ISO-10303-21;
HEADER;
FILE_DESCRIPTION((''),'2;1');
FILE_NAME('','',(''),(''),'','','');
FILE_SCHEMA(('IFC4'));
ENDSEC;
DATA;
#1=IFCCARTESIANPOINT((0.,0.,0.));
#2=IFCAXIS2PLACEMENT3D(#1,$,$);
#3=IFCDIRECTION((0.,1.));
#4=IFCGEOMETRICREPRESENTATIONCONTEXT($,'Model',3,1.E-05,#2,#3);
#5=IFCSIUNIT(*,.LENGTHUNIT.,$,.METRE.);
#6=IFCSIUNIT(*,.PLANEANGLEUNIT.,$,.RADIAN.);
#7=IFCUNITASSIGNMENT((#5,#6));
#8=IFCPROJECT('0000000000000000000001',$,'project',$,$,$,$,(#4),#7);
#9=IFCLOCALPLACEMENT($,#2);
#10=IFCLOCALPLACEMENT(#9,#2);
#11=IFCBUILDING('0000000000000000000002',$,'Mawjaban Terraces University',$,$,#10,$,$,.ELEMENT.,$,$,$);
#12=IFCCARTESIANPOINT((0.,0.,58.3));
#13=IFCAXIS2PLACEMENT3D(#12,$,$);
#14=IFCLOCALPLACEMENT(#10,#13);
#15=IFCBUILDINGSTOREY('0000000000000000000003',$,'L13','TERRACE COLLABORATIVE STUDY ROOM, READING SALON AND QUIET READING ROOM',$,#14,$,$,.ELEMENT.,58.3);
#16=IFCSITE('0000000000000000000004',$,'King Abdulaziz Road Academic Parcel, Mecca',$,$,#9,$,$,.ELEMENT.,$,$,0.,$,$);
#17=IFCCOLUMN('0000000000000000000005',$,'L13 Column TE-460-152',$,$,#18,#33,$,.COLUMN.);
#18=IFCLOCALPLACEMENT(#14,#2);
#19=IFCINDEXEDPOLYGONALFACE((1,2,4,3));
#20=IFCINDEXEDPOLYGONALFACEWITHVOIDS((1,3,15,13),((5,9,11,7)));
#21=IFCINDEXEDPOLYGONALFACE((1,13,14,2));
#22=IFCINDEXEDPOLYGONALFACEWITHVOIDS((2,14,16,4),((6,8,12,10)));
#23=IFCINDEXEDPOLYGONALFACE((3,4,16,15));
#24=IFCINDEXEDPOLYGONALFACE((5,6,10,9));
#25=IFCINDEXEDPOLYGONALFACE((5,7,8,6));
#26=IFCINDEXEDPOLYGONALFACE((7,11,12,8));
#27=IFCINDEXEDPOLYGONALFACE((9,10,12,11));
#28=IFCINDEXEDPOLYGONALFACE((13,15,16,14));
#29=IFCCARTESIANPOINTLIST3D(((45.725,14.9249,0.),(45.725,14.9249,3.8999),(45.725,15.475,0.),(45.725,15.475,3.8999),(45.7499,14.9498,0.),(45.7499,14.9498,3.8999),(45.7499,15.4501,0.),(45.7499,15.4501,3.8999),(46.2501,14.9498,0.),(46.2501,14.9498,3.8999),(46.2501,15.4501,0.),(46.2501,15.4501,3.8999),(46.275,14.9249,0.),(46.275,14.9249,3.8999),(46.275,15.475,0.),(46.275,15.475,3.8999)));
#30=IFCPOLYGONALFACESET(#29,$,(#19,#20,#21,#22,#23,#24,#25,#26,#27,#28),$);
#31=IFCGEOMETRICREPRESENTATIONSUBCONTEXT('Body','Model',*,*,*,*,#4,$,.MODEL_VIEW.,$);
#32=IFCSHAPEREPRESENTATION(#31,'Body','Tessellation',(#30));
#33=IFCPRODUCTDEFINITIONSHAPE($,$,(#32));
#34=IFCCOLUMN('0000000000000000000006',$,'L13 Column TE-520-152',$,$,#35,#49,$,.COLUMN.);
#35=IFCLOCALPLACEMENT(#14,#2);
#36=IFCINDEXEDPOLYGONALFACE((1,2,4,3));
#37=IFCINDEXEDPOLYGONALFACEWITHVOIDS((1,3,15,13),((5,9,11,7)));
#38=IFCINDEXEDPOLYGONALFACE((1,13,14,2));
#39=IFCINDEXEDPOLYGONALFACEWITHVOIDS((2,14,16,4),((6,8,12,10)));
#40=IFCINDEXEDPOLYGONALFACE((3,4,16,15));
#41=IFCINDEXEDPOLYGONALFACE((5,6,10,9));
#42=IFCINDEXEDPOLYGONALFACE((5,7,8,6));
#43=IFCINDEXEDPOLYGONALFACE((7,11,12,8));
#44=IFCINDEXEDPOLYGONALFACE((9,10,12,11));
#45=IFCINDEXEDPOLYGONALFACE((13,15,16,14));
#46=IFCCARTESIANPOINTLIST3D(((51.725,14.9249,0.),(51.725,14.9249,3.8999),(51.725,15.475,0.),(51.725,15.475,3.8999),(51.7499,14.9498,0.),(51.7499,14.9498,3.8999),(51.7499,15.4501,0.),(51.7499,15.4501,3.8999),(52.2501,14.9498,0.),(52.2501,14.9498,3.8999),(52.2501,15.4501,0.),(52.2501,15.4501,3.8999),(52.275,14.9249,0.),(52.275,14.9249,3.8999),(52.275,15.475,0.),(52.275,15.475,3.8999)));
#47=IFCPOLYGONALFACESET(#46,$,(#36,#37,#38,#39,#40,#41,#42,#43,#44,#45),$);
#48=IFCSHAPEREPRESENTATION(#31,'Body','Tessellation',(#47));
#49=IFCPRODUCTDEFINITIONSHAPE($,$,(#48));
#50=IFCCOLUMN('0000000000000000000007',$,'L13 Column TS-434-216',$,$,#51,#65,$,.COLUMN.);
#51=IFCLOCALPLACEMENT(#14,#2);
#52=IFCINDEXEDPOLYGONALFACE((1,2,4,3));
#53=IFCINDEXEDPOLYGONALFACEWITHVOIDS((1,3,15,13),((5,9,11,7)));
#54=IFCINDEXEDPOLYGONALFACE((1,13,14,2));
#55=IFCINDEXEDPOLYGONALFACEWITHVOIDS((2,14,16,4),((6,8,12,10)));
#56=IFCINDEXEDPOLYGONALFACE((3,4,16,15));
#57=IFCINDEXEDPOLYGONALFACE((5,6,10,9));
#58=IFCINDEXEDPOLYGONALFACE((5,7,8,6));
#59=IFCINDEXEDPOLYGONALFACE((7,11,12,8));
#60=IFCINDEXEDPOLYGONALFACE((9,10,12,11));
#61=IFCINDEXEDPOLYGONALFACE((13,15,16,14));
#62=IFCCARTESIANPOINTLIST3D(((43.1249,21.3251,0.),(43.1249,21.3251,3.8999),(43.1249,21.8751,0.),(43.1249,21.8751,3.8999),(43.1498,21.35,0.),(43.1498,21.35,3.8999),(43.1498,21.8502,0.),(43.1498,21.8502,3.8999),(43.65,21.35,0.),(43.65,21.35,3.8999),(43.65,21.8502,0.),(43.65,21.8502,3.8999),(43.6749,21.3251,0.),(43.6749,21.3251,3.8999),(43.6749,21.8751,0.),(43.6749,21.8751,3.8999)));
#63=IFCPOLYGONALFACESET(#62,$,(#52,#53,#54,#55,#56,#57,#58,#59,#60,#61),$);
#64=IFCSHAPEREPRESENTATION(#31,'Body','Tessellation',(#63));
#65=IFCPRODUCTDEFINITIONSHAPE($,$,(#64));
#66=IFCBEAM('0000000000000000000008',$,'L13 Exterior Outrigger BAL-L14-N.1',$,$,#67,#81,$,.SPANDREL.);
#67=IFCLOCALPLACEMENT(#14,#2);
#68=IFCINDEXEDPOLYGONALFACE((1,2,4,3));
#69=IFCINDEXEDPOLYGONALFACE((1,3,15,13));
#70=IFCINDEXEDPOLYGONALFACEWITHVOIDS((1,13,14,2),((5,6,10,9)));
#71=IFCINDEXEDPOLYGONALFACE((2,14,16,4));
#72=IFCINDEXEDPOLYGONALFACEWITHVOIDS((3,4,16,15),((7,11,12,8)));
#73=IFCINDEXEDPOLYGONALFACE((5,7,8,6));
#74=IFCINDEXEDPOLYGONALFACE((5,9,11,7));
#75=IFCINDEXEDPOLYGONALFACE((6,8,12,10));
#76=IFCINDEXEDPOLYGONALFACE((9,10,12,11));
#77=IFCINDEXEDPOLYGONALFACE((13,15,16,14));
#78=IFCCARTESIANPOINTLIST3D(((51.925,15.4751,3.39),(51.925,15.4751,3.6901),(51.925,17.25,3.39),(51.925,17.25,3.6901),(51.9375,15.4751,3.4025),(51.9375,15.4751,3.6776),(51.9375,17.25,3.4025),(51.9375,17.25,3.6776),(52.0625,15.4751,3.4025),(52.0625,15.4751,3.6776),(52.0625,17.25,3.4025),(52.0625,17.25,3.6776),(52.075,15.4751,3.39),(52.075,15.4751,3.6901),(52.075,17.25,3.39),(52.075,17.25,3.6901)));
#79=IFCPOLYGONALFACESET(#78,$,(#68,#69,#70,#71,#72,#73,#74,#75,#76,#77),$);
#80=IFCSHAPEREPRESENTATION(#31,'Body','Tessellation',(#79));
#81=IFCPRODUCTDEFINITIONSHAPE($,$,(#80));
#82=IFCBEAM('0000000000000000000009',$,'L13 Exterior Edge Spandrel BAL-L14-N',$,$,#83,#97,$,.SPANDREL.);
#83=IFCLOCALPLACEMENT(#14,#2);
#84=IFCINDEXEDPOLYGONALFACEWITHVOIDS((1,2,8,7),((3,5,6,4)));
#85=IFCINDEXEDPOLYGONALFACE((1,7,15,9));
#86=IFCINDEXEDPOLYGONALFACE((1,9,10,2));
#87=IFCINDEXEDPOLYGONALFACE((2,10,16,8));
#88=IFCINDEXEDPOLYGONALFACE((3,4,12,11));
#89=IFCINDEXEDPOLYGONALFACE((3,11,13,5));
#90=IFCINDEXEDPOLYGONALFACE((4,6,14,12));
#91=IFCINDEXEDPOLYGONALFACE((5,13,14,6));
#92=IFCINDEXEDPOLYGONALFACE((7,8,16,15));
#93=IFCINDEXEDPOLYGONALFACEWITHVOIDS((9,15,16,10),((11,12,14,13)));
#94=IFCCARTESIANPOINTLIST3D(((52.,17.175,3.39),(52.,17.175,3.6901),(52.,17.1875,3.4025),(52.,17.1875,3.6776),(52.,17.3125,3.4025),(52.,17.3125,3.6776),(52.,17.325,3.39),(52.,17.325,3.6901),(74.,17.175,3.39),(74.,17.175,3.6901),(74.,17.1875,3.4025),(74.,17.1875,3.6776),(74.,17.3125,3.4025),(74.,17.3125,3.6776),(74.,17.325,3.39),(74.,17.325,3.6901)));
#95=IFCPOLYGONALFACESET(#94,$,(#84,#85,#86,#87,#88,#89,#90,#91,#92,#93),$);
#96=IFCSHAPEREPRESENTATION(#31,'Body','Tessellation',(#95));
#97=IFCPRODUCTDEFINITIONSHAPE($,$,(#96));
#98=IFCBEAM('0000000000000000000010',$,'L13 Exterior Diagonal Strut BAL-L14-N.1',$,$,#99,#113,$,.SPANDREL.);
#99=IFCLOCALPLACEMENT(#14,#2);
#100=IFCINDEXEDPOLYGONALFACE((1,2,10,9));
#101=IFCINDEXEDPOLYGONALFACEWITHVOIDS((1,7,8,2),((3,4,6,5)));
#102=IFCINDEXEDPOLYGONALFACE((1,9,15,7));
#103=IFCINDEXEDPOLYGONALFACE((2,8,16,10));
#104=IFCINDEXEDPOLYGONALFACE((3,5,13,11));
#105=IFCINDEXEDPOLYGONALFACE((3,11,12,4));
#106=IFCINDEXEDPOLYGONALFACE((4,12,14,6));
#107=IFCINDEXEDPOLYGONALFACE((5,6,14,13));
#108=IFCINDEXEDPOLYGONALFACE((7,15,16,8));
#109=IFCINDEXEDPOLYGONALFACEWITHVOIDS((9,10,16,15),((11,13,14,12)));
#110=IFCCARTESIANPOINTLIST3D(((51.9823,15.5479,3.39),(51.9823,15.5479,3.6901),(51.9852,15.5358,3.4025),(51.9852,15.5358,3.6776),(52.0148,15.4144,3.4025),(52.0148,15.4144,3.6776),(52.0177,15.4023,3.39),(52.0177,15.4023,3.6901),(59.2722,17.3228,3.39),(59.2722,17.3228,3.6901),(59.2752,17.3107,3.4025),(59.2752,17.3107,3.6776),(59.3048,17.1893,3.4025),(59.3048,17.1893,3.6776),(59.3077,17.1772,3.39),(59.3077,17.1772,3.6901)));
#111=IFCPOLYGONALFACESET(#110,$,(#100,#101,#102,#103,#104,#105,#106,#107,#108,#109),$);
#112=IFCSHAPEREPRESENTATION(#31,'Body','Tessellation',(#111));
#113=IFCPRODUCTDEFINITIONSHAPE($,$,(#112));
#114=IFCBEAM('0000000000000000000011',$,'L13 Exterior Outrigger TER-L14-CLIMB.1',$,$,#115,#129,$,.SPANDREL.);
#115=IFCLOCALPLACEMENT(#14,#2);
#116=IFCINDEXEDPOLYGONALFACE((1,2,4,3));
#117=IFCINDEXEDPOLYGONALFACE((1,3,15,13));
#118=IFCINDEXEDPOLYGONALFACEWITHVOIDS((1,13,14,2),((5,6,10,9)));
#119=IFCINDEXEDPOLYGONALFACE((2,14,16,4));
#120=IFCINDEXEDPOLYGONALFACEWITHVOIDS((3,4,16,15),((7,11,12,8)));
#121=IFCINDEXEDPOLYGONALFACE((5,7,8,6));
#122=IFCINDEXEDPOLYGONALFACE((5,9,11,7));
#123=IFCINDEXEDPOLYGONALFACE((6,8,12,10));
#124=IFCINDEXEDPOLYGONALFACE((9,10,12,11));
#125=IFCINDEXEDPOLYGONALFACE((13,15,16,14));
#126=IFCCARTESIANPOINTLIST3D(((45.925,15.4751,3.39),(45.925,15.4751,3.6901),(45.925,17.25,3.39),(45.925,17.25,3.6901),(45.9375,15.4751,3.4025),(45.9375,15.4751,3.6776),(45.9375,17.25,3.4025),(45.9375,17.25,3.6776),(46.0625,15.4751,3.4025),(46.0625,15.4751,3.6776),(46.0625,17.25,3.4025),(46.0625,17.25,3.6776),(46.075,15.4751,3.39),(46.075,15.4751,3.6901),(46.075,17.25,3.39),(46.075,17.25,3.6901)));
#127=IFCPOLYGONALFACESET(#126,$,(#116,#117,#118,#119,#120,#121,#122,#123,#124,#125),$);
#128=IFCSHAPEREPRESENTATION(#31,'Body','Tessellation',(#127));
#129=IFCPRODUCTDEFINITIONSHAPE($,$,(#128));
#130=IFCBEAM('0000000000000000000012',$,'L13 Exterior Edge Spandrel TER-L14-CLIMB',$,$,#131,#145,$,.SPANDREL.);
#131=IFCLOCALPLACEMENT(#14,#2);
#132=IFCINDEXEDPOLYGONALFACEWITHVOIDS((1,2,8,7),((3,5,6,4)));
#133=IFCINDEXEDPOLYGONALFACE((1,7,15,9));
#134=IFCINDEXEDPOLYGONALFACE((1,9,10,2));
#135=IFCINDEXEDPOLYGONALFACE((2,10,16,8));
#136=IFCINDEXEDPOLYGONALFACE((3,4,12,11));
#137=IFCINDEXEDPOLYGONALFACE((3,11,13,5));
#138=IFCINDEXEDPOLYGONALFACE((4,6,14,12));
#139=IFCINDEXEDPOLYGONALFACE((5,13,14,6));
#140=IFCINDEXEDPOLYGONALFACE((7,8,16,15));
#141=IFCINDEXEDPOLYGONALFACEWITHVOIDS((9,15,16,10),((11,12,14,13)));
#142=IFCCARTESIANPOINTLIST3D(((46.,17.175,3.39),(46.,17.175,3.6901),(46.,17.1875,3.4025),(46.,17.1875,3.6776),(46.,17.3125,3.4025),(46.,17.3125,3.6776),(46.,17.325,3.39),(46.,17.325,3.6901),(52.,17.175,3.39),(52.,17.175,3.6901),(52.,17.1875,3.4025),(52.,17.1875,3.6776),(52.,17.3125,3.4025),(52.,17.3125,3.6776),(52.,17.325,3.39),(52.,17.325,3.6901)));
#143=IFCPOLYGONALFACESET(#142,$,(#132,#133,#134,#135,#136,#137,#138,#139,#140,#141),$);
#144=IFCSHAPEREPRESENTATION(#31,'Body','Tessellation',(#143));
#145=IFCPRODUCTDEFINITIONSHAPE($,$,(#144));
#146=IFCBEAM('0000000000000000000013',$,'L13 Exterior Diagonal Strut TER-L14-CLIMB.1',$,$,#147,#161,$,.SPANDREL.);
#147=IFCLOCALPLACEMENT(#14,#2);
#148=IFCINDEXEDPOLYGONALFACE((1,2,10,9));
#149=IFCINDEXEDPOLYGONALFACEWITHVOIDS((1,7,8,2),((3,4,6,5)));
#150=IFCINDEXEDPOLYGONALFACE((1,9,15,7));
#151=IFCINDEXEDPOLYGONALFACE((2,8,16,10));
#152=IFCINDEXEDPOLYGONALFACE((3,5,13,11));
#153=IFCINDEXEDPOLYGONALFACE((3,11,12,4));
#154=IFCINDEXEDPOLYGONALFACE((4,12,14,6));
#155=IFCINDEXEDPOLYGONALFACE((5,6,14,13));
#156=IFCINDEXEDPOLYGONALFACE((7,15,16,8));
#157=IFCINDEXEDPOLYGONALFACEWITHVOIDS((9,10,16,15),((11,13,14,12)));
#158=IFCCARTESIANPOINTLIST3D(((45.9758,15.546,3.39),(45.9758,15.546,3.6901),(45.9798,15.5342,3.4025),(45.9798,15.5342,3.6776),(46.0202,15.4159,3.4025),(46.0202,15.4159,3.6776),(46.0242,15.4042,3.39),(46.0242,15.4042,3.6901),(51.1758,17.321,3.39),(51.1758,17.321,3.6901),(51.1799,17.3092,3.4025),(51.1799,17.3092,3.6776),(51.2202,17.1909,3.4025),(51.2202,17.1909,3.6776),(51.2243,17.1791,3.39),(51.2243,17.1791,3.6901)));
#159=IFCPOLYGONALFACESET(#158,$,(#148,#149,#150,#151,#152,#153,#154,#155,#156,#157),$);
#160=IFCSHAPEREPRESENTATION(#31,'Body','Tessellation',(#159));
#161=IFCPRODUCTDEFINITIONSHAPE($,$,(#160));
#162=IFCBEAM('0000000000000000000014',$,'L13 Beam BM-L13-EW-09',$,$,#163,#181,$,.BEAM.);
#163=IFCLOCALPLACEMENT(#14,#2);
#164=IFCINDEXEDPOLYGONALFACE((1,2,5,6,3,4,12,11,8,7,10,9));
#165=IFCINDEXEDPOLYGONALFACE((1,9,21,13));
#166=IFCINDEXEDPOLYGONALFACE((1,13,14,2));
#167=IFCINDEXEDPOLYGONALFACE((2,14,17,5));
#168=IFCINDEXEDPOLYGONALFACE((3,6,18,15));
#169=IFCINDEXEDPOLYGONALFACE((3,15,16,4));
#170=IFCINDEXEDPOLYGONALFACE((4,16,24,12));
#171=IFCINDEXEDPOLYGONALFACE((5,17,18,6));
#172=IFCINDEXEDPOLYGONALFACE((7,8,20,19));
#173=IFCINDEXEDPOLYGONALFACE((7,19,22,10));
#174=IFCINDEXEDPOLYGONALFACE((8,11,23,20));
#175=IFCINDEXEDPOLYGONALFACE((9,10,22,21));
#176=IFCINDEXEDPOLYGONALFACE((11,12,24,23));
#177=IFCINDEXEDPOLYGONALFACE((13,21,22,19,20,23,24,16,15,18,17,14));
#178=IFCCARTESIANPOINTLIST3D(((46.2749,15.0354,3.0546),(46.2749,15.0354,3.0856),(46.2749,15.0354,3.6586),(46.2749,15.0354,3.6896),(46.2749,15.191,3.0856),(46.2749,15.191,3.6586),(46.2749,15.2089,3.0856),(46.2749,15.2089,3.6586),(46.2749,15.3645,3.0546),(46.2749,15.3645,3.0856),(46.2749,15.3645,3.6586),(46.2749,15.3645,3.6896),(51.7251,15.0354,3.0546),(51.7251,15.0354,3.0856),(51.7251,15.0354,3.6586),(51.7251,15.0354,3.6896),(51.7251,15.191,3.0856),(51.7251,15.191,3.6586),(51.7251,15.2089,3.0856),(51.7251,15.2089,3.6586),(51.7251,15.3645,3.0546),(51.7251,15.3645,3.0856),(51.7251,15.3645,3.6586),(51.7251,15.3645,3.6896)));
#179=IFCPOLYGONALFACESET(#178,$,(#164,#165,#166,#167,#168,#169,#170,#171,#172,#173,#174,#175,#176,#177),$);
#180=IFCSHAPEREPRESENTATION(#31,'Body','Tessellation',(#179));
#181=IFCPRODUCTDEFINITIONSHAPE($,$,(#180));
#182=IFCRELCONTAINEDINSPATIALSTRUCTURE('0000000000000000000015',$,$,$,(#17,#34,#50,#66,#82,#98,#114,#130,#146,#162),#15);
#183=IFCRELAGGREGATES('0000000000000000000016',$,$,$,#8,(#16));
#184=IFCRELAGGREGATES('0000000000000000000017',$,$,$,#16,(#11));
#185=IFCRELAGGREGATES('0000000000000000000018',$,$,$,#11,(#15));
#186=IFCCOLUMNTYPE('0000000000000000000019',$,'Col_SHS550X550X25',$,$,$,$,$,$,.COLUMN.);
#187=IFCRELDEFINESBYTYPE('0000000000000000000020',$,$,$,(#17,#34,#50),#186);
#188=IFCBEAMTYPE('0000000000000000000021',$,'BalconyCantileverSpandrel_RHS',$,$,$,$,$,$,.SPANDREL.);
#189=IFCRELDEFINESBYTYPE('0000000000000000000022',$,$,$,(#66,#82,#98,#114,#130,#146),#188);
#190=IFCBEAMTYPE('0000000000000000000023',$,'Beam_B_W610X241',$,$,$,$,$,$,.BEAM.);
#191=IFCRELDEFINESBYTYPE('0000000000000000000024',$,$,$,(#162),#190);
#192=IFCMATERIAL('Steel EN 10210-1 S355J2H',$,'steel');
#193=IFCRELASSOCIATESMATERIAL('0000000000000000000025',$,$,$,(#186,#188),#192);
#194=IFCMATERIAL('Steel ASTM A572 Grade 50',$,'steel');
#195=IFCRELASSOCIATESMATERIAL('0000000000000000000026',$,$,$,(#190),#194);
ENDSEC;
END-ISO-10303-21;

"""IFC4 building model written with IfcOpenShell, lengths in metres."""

from ifc_helpers import new_model, si_unit, direction, frame, origin, origin_2d, place, context, subcontext, project, spatial, hollow_rectangle, i_section, extrude, material, material_profile, profile_set, type_object, element, save


model = new_model("IFC4")

# Units and contexts
model_context = context("Model", 3, precision=1e-05, world=origin(), true_north=direction((0.0, 1.0)))
body_context = subcontext(model_context, "Body", "Model", "MODEL_VIEW")
ifc_project = project(units=[si_unit("LENGTHUNIT", "METRE"), si_unit("PLANEANGLEUNIT", "RADIAN")], contexts=[model_context])

# Site, building, storey
site_placement = place(None, origin())
site = spatial("IfcSite", under=ifc_project, at=site_placement, Name="King Abdulaziz Road Academic Parcel, Mecca", CompositionType="ELEMENT", RefElevation=0.0)
building_placement = place(site_placement, origin())
building = spatial("IfcBuilding", under=site, at=building_placement, Name="Mawjaban Terraces University", CompositionType="ELEMENT")
storey_placement = place(building_placement, frame((0.0, 0.0, 58.3)))
storey = spatial("IfcBuildingStorey", under=building, at=storey_placement, Name="L13", Description="TERRACE COLLABORATIVE STUDY ROOM, READING SALON AND QUIET READING ROOM", CompositionType="ELEMENT", Elevation=58.3)

# Columns
ifc_material_1 = material(Name="Steel EN 10210-1 S355J2H", Category="steel")
ifc_material_profile_1 = material_profile(ifc_material_1, hollow_rectangle(XDim=0.55, YDim=0.55, WallThickness=0.0249, at=origin_2d()), Name="SHS550X550X25")
ifc_profile_set_1 = profile_set([ifc_material_profile_1], Name="Steel EN 10210-1 S355J2H")
column_type = type_object("IfcColumnType", Name="Col_SHS550X550X25", PredefinedType="COLUMN", material=ifc_profile_set_1)
for number, where, z_axis, x_axis, name in (
    (1, (46.0, 15.2, 0.0), (0.0, 0.0, 1.0), (1.0, 0.0, 0.0), "L13 Column TE-460-152"),
    (2, (52.0, 15.2, 0.0), (0.0, 0.0, 1.0), (1.0, 0.0, 0.0), "L13 Column TE-520-152"),
    (3, (43.3999, 21.6001, 0.0), (0.0, 0.0, 1.0), (1.0, 0.0, 0.0), "L13 Column TS-434-216"),
):
    element("IfcColumn", number, at=place(storey_placement, frame(where, z_axis=z_axis, x_axis=x_axis)), inside=storey, type_object=column_type, Name=name, PredefinedType="COLUMN", context=body_context, shape_type="SweptSolid", body=[
        extrude(hollow_rectangle(XDim=0.55, YDim=0.55, WallThickness=0.0249, at=origin_2d()), origin(), (0.0, 0.0, 1.0), 3.8999),
    ])

# Beams
ifc_material_profile_2 = material_profile(ifc_material_1, hollow_rectangle(XDim=0.1499, YDim=0.3, WallThickness=0.0125, at=origin_2d()), Name="RHS300X150X12.5")
ifc_profile_set_2 = profile_set([ifc_material_profile_2], Name="Steel EN 10210-1 S355J2H")
beam_type_1 = type_object("IfcBeamType", Name="BalconyCantileverSpandrel_RHS", PredefinedType="SPANDREL", material=ifc_profile_set_2)
beam_1_placement = place(storey_placement, frame((52.0, 15.4751, 3.54), z_axis=(0.0, 1.0, 0.0), x_axis=(-1.0, 0.0, 0.0)))
element("IfcBeam", 4, at=beam_1_placement, inside=storey, type_object=beam_type_1, Name="L13 Exterior Outrigger BAL-L14-N.1", PredefinedType="SPANDREL", context=body_context, shape_type="SweptSolid", body=[
    extrude(hollow_rectangle(XDim=0.1499, YDim=0.3, WallThickness=0.0125, at=origin_2d()), origin(), (0.0, 0.0, 1.0), 1.7749),
])
beam_2_placement = place(storey_placement, frame((52.0, 17.25, 3.54), z_axis=(1.0, 0.0, 0.0), x_axis=(0.0, 1.0, 0.0)))
element("IfcBeam", 5, at=beam_2_placement, inside=storey, type_object=beam_type_1, Name="L13 Exterior Edge Spandrel BAL-L14-N", PredefinedType="SPANDREL", context=body_context, shape_type="SweptSolid", body=[
    extrude(hollow_rectangle(XDim=0.1499, YDim=0.3, WallThickness=0.0125, at=origin_2d()), origin(), (0.0, 0.0, 1.0), 22.0),
])
beam_3_placement = place(storey_placement, frame((52.0, 15.4751, 3.54), z_axis=(0.971617, 0.236559, 0.0), x_axis=(-0.236559, 0.971617, 0.0)))
element("IfcBeam", 6, at=beam_3_placement, inside=storey, type_object=beam_type_1, Name="L13 Exterior Diagonal Strut BAL-L14-N.1", PredefinedType="SPANDREL", context=body_context, shape_type="SweptSolid", body=[
    extrude(hollow_rectangle(XDim=0.1499, YDim=0.3, WallThickness=0.0125, at=origin_2d()), origin(), (0.0, 0.0, 1.0), 7.5029),
])
beam_4_placement = place(storey_placement, frame((46.0, 15.4751, 3.54), z_axis=(0.0, 1.0, 0.0), x_axis=(-1.0, 0.0, 0.0)))
element("IfcBeam", 7, at=beam_4_placement, inside=storey, type_object=beam_type_1, Name="L13 Exterior Outrigger TER-L14-CLIMB.1", PredefinedType="SPANDREL", context=body_context, shape_type="SweptSolid", body=[
    extrude(hollow_rectangle(XDim=0.1499, YDim=0.3, WallThickness=0.0125, at=origin_2d()), origin(), (0.0, 0.0, 1.0), 1.7749),
])
beam_5_placement = place(storey_placement, frame((46.0, 17.25, 3.54), z_axis=(1.0, 0.0, 0.0), x_axis=(0.0, 1.0, 0.0)))
element("IfcBeam", 8, at=beam_5_placement, inside=storey, type_object=beam_type_1, Name="L13 Exterior Edge Spandrel TER-L14-CLIMB", PredefinedType="SPANDREL", context=body_context, shape_type="SweptSolid", body=[
    extrude(hollow_rectangle(XDim=0.1499, YDim=0.3, WallThickness=0.0125, at=origin_2d()), origin(), (0.0, 0.0, 1.0), 6.0),
])
beam_6_placement = place(storey_placement, frame((46.0, 15.4751, 3.54), z_axis=(0.946388, 0.323031, 0.0), x_axis=(-0.323031, 0.946388, 0.0)))
element("IfcBeam", 9, at=beam_6_placement, inside=storey, type_object=beam_type_1, Name="L13 Exterior Diagonal Strut TER-L14-CLIMB.1", PredefinedType="SPANDREL", context=body_context, shape_type="SweptSolid", body=[
    extrude(hollow_rectangle(XDim=0.1499, YDim=0.3, WallThickness=0.0125, at=origin_2d()), origin(), (0.0, 0.0, 1.0), 5.4946),
])
ifc_material_2 = material(Name="Steel ASTM A572 Grade 50", Category="steel")
ifc_material_profile_3 = material_profile(ifc_material_2, i_section(OverallWidth=0.3291, OverallDepth=0.635, WebThickness=0.0178, FlangeThickness=0.031, at=origin_2d()), Name="W610X241")
ifc_profile_set_3 = profile_set([ifc_material_profile_3], Name="Steel ASTM A572 Grade 50")
beam_type_2 = type_object("IfcBeamType", Name="Beam_B_W610X241", PredefinedType="BEAM", material=ifc_profile_set_3)
beam_7_placement = place(storey_placement, frame((46.2749, 15.2, 3.3721), z_axis=(1.0, 0.0, 0.0), x_axis=(0.0, 1.0, 0.0)))
element("IfcBeam", 10, at=beam_7_placement, inside=storey, type_object=beam_type_2, Name="L13 Beam BM-L13-EW-09", PredefinedType="BEAM", context=body_context, shape_type="SweptSolid", body=[
    extrude(i_section(OverallWidth=0.3291, OverallDepth=0.635, WebThickness=0.0178, FlangeThickness=0.031, at=origin_2d()), origin(), (0.0, 0.0, 1.0), 5.4502),
])

save(model, "model.ifc")
